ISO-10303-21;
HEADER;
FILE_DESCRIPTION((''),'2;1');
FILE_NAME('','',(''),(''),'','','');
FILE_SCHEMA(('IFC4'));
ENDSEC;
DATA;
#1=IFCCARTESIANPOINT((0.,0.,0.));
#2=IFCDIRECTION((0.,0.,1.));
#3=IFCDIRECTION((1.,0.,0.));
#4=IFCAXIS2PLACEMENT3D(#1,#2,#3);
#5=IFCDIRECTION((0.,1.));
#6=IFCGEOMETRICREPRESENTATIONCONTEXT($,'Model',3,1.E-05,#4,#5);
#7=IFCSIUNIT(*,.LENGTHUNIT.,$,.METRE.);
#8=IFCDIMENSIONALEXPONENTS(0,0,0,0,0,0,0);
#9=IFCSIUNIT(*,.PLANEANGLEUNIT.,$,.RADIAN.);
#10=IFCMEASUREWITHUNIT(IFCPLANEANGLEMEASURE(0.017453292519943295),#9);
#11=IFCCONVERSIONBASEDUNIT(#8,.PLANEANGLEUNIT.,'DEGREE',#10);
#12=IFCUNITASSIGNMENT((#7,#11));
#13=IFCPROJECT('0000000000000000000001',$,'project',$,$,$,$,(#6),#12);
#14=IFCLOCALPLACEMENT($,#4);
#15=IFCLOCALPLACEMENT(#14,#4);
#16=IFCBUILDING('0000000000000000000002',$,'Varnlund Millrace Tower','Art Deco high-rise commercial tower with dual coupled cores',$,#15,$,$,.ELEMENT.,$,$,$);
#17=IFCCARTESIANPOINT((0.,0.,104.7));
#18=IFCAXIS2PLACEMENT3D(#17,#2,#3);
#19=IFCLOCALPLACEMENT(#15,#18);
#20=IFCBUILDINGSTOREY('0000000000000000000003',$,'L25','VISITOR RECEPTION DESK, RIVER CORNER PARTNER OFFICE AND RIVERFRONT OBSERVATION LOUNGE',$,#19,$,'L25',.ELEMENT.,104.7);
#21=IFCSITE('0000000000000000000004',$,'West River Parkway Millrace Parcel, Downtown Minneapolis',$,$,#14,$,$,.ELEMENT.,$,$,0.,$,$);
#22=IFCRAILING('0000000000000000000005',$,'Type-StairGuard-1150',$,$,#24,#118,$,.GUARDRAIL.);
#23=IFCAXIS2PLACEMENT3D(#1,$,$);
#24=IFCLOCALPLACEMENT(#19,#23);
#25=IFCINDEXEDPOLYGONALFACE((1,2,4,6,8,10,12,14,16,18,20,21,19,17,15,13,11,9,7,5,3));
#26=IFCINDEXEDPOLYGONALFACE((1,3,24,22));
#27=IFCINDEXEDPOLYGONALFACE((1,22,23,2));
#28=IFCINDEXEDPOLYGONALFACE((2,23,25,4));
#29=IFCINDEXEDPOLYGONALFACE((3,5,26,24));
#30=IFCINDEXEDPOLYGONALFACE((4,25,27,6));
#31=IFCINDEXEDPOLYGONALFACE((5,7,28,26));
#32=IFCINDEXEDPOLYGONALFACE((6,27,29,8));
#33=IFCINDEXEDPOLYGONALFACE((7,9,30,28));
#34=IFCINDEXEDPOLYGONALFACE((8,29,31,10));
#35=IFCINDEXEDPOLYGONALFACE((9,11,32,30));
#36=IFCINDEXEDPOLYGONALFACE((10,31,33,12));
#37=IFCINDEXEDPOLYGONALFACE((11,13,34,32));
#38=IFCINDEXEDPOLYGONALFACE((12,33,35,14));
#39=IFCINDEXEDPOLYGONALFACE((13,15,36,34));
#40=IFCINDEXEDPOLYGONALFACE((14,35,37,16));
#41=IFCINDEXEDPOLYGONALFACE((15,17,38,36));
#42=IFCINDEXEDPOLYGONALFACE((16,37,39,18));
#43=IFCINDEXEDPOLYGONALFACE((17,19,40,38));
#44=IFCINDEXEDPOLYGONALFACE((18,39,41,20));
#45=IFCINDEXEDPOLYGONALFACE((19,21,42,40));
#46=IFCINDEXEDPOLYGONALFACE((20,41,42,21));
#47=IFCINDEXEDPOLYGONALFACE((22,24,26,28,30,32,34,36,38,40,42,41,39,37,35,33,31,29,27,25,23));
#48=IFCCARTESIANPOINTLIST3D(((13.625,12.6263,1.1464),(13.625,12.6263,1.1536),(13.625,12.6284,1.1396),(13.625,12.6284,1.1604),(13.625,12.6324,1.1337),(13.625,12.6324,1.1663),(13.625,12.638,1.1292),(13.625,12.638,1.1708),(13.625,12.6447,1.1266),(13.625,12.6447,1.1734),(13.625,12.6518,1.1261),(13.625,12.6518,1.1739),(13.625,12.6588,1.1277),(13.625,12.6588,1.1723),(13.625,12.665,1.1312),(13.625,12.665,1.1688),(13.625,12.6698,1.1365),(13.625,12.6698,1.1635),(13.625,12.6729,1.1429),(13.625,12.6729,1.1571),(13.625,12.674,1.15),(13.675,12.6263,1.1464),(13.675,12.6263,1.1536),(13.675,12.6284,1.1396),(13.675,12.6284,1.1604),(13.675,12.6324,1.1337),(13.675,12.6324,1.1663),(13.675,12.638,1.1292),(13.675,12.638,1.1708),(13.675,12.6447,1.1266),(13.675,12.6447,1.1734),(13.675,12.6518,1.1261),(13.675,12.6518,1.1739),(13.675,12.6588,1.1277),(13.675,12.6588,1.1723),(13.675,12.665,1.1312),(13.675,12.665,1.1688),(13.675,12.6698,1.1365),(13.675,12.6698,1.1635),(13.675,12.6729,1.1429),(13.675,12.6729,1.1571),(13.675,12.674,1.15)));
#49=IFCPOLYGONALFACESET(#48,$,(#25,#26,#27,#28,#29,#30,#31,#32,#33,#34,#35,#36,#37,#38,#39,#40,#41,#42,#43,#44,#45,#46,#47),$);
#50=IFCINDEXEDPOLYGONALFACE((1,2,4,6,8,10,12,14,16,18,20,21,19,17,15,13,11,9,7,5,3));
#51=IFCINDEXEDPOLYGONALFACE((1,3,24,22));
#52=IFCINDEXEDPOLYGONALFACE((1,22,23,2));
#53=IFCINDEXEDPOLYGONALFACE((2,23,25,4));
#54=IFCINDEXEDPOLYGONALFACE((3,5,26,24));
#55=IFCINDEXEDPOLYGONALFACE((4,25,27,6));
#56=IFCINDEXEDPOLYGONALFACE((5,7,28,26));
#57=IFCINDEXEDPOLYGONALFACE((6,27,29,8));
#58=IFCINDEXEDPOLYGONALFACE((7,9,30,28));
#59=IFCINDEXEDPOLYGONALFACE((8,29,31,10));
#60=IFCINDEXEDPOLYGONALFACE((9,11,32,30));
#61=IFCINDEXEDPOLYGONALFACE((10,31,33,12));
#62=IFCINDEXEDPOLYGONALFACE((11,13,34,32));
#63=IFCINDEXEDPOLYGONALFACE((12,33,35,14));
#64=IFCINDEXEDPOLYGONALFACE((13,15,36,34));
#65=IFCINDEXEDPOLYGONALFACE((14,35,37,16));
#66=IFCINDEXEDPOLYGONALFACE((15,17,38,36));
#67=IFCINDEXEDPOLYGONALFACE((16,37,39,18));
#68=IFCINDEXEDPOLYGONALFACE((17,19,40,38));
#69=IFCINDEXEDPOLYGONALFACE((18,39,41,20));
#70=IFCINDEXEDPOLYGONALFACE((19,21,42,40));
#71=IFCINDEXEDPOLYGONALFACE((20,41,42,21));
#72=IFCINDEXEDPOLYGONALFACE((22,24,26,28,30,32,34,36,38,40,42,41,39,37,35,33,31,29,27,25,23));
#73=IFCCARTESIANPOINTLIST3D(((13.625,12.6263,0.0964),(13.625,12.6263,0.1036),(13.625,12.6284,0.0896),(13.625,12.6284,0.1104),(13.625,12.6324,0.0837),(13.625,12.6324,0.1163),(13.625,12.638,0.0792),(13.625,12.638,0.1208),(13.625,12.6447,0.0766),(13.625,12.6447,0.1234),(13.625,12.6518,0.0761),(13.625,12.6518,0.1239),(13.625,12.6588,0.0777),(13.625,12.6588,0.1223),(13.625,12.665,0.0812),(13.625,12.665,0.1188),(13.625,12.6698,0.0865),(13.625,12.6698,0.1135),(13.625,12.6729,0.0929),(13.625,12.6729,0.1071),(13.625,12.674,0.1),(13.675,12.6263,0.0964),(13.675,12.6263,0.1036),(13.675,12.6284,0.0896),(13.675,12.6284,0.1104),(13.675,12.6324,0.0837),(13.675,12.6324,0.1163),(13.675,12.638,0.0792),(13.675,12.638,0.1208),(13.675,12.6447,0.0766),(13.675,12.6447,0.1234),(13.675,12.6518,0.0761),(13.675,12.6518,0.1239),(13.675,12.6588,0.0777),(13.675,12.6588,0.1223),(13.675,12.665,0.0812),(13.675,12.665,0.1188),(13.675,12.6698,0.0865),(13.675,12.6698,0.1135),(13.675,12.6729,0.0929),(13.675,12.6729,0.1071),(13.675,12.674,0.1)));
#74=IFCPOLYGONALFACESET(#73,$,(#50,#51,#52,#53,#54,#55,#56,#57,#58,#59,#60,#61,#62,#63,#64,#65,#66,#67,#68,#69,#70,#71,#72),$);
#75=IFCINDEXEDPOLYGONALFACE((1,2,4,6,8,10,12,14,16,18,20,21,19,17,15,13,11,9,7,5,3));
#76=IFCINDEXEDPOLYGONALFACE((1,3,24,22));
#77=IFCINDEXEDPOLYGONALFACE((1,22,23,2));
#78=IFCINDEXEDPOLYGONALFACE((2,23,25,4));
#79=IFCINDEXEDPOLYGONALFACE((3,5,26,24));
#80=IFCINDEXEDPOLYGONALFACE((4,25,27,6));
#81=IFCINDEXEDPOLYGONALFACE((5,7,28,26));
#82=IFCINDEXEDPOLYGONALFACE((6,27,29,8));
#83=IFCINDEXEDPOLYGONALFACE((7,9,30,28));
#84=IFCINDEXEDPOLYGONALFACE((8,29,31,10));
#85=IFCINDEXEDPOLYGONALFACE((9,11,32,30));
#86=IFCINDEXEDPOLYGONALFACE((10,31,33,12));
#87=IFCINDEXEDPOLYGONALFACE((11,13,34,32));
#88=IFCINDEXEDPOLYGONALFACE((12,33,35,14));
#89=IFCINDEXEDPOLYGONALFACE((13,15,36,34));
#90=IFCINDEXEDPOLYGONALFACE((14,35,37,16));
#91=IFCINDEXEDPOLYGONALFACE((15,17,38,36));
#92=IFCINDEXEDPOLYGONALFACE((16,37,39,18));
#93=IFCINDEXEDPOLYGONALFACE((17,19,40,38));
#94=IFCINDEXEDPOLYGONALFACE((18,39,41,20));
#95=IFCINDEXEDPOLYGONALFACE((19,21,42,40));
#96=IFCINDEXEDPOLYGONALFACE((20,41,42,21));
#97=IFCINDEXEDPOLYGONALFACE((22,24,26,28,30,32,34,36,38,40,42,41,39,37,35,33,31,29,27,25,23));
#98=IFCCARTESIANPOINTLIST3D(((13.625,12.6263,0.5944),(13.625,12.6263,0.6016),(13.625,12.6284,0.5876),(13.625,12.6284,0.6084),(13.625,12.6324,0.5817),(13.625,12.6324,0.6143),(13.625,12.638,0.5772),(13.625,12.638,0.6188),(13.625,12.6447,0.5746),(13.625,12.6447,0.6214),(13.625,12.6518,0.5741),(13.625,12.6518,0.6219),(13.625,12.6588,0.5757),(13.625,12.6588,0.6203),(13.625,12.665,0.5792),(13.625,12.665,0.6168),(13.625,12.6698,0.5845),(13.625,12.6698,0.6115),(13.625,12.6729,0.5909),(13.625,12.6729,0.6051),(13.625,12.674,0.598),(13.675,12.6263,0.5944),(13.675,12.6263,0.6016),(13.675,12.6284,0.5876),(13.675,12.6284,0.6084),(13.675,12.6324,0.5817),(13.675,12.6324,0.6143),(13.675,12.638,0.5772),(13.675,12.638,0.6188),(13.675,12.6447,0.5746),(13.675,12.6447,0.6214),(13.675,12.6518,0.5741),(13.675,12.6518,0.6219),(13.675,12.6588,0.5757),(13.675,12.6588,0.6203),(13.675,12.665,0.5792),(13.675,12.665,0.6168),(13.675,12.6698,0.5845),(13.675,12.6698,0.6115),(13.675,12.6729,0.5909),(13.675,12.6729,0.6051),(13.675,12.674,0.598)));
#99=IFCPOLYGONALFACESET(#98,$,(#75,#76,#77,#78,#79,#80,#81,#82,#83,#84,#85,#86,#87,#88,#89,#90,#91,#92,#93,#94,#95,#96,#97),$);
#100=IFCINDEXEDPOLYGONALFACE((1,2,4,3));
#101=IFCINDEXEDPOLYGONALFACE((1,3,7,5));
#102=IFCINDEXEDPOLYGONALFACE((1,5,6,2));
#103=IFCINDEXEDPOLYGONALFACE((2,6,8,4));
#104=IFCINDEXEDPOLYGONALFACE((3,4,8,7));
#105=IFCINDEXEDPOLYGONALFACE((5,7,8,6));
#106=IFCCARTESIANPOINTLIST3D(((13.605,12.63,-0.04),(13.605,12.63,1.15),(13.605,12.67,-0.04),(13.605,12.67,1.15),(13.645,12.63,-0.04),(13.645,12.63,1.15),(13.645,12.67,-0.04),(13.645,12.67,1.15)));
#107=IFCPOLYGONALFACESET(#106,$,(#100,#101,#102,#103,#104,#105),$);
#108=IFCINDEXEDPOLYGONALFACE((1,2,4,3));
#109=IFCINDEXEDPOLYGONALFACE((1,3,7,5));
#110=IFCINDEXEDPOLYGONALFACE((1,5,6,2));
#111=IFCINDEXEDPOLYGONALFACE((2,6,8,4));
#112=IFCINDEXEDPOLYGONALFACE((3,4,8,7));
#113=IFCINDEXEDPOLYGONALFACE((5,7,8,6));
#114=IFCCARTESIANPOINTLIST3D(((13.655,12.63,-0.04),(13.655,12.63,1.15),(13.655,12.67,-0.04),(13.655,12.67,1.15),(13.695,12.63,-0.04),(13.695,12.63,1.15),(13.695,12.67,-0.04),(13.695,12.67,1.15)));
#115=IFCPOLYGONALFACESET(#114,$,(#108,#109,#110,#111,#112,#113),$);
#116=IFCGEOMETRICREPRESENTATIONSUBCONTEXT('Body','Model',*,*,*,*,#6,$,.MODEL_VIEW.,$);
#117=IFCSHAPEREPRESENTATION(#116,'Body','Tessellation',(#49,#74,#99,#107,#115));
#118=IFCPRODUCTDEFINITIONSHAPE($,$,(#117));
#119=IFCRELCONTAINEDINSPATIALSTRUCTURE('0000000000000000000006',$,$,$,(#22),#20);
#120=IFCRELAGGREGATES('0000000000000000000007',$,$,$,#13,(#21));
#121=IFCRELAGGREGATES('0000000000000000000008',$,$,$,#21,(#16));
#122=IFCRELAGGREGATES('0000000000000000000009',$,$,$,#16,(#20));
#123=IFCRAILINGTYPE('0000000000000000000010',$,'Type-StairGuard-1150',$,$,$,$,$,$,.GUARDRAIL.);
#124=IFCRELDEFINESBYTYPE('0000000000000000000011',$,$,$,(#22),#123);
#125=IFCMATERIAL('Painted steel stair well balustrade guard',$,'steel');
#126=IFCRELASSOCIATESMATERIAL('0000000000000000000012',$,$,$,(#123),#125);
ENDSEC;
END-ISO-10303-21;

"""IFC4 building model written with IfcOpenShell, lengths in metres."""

from ifc_helpers import new_model, entity, si_unit, converted_unit, direction, frame, origin_with_axes, origin_2d_with_axis, place, context, subcontext, project, spatial, rectangle, circle, extrude, material, type_object, element, save


model = new_model("IFC4")

# Units and contexts
model_context = context("Model", 3, precision=1e-05, world=origin_with_axes(), true_north=direction((0.0, 1.0)))
body_context = subcontext(model_context, "Body", "Model", "MODEL_VIEW")
ifc_project = project(units=[si_unit("LENGTHUNIT", "METRE"), converted_unit("PLANEANGLEUNIT", "DEGREE", entity("IfcPlaneAngleMeasure", 0.017453292519943295), si_unit("PLANEANGLEUNIT", "RADIAN"), dimensions=[0, 0, 0, 0, 0, 0, 0])], contexts=[model_context])

# Site, building, storey
site_placement = place(None, origin_with_axes())
site = spatial("IfcSite", under=ifc_project, at=site_placement, Name="West River Parkway Millrace Parcel, Downtown Minneapolis", CompositionType="ELEMENT", RefElevation=0.0)
building_placement = place(site_placement, origin_with_axes())
building = spatial("IfcBuilding", under=site, at=building_placement, Name="Varnlund Millrace Tower", Description="Art Deco high-rise commercial tower with dual coupled cores", CompositionType="ELEMENT")
storey_placement = place(building_placement, frame((0.0, 0.0, 104.7), z_axis=(0.0, 0.0, 1.0), x_axis=(1.0, 0.0, 0.0)))
storey = spatial("IfcBuildingStorey", under=building, at=storey_placement, Name="L25", Description="VISITOR RECEPTION DESK, RIVER CORNER PARTNER OFFICE AND RIVERFRONT OBSERVATION LOUNGE", LongName="L25", CompositionType="ELEMENT", Elevation=104.7)

# Railing
ifc_material_1 = material(Name="Painted steel stair well balustrade guard", Category="steel")
railing_type_1 = type_object("IfcRailingType", Name="Type-StairGuard-1150", PredefinedType="GUARDRAIL", material=ifc_material_1)
railing_1_placement = place(storey_placement, frame((0.0, 0.0, -104.7), z_axis=(0.0, 0.0, 1.0), x_axis=(1.0, 0.0, 0.0)))
element("IfcRailing", 1, at=railing_1_placement, inside=storey, type_object=railing_type_1, Name="Type-StairGuard-1150", PredefinedType="GUARDRAIL", context=body_context, shape_type="SweptSolid", body=[
    extrude(circle(Radius=0.024, at=origin_2d_with_axis()), frame((13.625, 12.65, 105.85), z_axis=(1.0, 0.0, 0.0), x_axis=(0.0, 1.0, 0.0)), (0.0, 0.0, 1.0), 0.05),
    extrude(circle(Radius=0.024, at=origin_2d_with_axis()), frame((13.625, 12.65, 104.8), z_axis=(1.0, 0.0, 0.0), x_axis=(0.0, 1.0, 0.0)), (0.0, 0.0, 1.0), 0.05),
    extrude(circle(Radius=0.024, at=origin_2d_with_axis()), frame((13.625, 12.65, 105.298), z_axis=(1.0, 0.0, 0.0), x_axis=(0.0, 1.0, 0.0)), (0.0, 0.0, 1.0), 0.05),
    extrude(rectangle(XDim=0.04, YDim=0.04, at=origin_2d_with_axis()), frame((13.625, 12.65, 104.66), z_axis=(0.0, 0.0, 1.0), x_axis=(1.0, 0.0, 0.0)), (0.0, 0.0, 1.0), 1.19),
    extrude(rectangle(XDim=0.04, YDim=0.04, at=origin_2d_with_axis()), frame((13.675, 12.65, 104.66), z_axis=(0.0, 0.0, 1.0), x_axis=(1.0, 0.0, 0.0)), (0.0, 0.0, 1.0), 1.19),
])

save(model, "model.ifc")
